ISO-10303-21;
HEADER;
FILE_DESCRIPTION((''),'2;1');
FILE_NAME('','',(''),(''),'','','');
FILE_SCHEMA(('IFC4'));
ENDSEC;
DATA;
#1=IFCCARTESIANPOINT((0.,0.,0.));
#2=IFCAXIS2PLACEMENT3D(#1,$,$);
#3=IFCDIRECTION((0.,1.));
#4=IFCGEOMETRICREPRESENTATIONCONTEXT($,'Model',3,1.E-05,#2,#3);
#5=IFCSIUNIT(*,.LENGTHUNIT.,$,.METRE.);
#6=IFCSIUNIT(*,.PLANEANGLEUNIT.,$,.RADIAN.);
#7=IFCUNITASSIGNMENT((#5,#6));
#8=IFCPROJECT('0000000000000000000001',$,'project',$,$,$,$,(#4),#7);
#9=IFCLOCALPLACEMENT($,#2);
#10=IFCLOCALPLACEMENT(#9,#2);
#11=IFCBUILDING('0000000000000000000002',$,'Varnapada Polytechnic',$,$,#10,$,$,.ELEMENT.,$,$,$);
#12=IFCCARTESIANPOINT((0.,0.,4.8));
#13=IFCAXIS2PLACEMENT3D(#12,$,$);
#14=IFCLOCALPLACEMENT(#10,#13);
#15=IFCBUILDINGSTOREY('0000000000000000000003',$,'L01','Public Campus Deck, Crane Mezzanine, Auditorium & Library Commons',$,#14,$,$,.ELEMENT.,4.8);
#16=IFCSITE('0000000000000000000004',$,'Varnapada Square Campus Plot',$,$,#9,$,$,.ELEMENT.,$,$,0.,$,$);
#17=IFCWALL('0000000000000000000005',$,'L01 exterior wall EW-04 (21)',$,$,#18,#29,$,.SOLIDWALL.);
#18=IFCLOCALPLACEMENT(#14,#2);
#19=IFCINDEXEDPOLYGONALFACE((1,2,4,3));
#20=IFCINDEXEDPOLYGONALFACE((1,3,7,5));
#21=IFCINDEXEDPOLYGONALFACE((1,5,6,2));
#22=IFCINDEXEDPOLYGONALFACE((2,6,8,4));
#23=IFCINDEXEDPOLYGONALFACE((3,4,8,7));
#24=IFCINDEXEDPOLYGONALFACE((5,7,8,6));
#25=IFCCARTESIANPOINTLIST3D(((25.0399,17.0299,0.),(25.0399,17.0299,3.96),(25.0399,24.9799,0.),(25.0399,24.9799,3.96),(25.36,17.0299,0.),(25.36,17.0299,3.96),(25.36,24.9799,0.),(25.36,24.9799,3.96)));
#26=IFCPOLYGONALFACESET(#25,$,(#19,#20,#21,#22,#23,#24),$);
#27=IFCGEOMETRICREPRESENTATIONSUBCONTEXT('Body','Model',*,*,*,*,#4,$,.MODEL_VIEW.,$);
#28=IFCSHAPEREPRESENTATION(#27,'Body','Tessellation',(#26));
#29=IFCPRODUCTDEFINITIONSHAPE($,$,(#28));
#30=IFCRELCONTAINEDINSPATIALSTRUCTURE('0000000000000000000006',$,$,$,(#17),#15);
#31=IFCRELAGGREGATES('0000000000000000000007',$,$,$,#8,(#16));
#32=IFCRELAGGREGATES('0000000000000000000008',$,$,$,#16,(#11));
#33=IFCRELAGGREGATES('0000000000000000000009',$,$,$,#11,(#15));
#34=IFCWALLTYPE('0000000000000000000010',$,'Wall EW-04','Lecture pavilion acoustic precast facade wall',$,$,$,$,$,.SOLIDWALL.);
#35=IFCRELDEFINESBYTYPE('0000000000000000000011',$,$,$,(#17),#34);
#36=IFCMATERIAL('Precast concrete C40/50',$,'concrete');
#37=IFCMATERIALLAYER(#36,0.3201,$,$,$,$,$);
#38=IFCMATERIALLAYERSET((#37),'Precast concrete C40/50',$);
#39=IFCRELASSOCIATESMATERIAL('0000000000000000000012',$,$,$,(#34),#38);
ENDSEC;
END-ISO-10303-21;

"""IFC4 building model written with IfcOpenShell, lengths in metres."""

from ifc_helpers import new_model, si_unit, direction, frame, frame_2d, origin, place, context, subcontext, project, spatial, rectangle, extrude, material, layer, layer_set, type_object, element, save


model = new_model("IFC4")

# Units and contexts
model_context = context("Model", 3, precision=1e-05, world=origin(), true_north=direction((0.0, 1.0)))
body_context = subcontext(model_context, "Body", "Model", "MODEL_VIEW")
ifc_project = project(units=[si_unit("LENGTHUNIT", "METRE"), si_unit("PLANEANGLEUNIT", "RADIAN")], contexts=[model_context])

# Site, building, storey
site_placement = place(None, origin())
site = spatial("IfcSite", under=ifc_project, at=site_placement, Name="Varnapada Square Campus Plot", CompositionType="ELEMENT", RefElevation=0.0)
building_placement = place(site_placement, origin())
building = spatial("IfcBuilding", under=site, at=building_placement, Name="Varnapada Polytechnic", CompositionType="ELEMENT")
storey_placement = place(building_placement, frame((0.0, 0.0, 4.8)))
storey = spatial("IfcBuildingStorey", under=building, at=storey_placement, Name="L01", Description="Public Campus Deck, Crane Mezzanine, Auditorium & Library Commons", CompositionType="ELEMENT", Elevation=4.8)

# Wall
ifc_material_1 = material(Name="Precast concrete C40/50", Category="concrete")
ifc_layer_1 = layer(ifc_material_1, 0.3201)
ifc_layer_set_1 = layer_set([ifc_layer_1], Name="Precast concrete C40/50")
wall_type_1 = type_object("IfcWallType", Name="Wall EW-04", Description="Lecture pavilion acoustic precast facade wall", PredefinedType="SOLIDWALL", material=ifc_layer_set_1)
wall_1_placement = place(storey_placement, frame((25.2, 24.98, 0.0), z_axis=(0.0, 0.0, 1.0), x_axis=(0.0, -1.0, 0.0)))
element("IfcWall", 1, at=wall_1_placement, inside=storey, type_object=wall_type_1, Name="L01 exterior wall EW-04 (21)", PredefinedType="SOLIDWALL", context=body_context, shape_type="SweptSolid", body=[
    extrude(rectangle(XDim=7.95, YDim=0.3201, at=frame_2d((3.9751, 0.0))), origin(), (0.0, 0.0, 1.0), 3.96),
])

save(model, "model.ifc")
